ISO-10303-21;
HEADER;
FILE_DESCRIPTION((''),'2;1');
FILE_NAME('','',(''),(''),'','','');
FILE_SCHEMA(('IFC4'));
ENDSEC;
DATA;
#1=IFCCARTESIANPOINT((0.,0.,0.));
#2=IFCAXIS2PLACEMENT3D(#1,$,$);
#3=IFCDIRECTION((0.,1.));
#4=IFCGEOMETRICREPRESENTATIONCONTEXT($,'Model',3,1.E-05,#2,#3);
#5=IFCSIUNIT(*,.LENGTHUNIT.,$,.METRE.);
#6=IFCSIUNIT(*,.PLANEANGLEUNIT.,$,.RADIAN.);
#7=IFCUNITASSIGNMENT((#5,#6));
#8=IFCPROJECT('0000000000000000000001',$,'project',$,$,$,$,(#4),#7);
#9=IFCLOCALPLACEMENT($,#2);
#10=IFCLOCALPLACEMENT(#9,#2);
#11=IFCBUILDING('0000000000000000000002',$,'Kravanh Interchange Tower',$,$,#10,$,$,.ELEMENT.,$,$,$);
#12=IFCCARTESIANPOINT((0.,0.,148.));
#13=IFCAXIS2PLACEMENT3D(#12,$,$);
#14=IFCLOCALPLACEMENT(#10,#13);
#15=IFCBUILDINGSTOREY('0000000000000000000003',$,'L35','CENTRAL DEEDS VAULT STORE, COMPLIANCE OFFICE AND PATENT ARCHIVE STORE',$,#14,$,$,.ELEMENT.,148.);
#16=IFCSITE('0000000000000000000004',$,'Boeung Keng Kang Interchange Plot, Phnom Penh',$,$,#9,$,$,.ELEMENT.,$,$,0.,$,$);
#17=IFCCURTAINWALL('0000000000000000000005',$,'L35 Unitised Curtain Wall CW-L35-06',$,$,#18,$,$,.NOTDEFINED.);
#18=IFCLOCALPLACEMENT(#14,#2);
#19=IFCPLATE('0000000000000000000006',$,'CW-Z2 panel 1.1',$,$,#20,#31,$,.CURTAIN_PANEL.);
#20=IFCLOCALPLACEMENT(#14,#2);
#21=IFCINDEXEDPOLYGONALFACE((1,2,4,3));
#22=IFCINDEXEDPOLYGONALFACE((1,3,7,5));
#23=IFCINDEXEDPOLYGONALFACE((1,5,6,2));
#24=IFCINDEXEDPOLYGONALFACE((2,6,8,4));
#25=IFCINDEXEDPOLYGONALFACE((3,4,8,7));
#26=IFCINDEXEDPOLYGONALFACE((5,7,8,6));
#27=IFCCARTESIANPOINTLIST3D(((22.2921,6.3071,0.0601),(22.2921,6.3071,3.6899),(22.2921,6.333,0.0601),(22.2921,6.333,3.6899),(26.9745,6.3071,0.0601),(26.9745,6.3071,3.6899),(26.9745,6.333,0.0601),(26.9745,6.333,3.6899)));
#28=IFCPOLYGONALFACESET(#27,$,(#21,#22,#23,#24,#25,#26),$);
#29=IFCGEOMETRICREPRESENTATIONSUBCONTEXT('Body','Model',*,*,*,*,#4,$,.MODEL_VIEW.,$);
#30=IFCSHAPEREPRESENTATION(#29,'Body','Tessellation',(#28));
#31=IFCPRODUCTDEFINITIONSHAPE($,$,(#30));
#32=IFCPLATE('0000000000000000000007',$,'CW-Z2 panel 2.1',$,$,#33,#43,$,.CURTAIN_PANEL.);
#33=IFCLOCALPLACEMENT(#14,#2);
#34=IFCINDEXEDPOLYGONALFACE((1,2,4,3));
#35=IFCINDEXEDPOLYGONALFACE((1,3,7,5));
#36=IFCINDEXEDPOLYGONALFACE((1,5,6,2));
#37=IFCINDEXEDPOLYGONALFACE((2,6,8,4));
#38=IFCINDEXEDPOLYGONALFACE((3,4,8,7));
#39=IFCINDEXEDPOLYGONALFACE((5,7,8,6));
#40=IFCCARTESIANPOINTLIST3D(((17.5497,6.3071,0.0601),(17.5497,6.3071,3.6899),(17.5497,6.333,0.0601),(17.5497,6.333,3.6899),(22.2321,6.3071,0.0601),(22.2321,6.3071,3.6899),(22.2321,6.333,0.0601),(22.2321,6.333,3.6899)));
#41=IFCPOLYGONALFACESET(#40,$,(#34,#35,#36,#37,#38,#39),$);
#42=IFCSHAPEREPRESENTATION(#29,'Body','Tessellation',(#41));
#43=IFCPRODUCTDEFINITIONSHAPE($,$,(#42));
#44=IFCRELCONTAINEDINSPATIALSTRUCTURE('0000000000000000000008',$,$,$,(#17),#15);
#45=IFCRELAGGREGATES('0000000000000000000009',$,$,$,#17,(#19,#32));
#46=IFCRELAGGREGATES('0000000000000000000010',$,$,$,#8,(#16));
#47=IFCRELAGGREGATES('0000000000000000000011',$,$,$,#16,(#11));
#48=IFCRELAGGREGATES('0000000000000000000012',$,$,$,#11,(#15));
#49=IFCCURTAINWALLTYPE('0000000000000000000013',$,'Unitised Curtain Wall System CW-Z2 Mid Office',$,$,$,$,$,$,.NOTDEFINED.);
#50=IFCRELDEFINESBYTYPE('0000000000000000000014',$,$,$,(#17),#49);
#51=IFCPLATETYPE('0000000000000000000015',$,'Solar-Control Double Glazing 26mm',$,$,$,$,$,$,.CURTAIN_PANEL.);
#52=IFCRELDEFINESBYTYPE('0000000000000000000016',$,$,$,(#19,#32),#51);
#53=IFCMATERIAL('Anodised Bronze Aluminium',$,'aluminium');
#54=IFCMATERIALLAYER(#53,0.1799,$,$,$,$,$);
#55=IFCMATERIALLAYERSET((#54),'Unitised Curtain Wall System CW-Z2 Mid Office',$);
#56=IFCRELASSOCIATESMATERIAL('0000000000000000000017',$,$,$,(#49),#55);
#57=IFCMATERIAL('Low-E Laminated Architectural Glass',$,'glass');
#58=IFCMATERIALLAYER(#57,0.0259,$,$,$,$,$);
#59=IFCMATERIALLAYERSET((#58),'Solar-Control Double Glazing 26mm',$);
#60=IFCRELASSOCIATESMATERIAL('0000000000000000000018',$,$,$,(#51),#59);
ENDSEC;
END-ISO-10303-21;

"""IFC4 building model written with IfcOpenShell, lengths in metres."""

from ifc_helpers import new_model, si_unit, direction, frame, origin, origin_2d, place, context, subcontext, project, spatial, rectangle, extrude, material, layer, layer_set, type_object, element, aggregate, save


model = new_model("IFC4")

# Units and contexts
model_context = context("Model", 3, precision=1e-05, world=origin(), true_north=direction((0.0, 1.0)))
body_context = subcontext(model_context, "Body", "Model", "MODEL_VIEW")
ifc_project = project(units=[si_unit("LENGTHUNIT", "METRE"), si_unit("PLANEANGLEUNIT", "RADIAN")], contexts=[model_context])

# Site, building, storey
site_placement = place(None, origin())
site = spatial("IfcSite", under=ifc_project, at=site_placement, Name="Boeung Keng Kang Interchange Plot, Phnom Penh", CompositionType="ELEMENT", RefElevation=0.0)
building_placement = place(site_placement, origin())
building = spatial("IfcBuilding", under=site, at=building_placement, Name="Kravanh Interchange Tower", CompositionType="ELEMENT")
storey_placement = place(building_placement, frame((0.0, 0.0, 148.0)))
storey = spatial("IfcBuildingStorey", under=building, at=storey_placement, Name="L35", Description="CENTRAL DEEDS VAULT STORE, COMPLIANCE OFFICE AND PATENT ARCHIVE STORE", CompositionType="ELEMENT", Elevation=148.0)

# Curtain wall
ifc_material_1 = material(Name="Anodised Bronze Aluminium", Category="aluminium")
ifc_layer_1 = layer(ifc_material_1, 0.1799)
ifc_layer_set_1 = layer_set([ifc_layer_1], Name="Unitised Curtain Wall System CW-Z2 Mid Office")
curtain_wall_type = type_object("IfcCurtainWallType", Name="Unitised Curtain Wall System CW-Z2 Mid Office", PredefinedType="NOTDEFINED", material=ifc_layer_set_1)
curtain_wall_1_placement = place(storey_placement, origin())
curtain_wall_1 = element("IfcCurtainWall", 1, at=curtain_wall_1_placement, inside=storey, type_object=curtain_wall_type, Name="L35 Unitised Curtain Wall CW-L35-06", PredefinedType="NOTDEFINED")

# Plates
ifc_material_2 = material(Name="Low-E Laminated Architectural Glass", Category="glass")
ifc_layer_2 = layer(ifc_material_2, 0.0259)
ifc_layer_set_2 = layer_set([ifc_layer_2], Name="Solar-Control Double Glazing 26mm")
plate_type = type_object("IfcPlateType", Name="Solar-Control Double Glazing 26mm", PredefinedType="CURTAIN_PANEL", material=ifc_layer_set_2)
plate_1_placement = place(storey_placement, frame((24.6333, 6.3201, 0.0601), z_axis=(0.0, 0.0, 1.0), x_axis=(-1.0, 0.0, 0.0)))
plate_1 = element("IfcPlate", 2, at=plate_1_placement, type_object=plate_type, Name="CW-Z2 panel 1.1", PredefinedType="CURTAIN_PANEL", context=body_context, shape_type="SweptSolid", body=[
    extrude(rectangle(XDim=4.6824, YDim=0.0259, at=origin_2d()), origin(), (0.0, 0.0, 1.0), 3.6299),
])
plate_2_placement = place(storey_placement, frame((19.8909, 6.3201, 0.0601), z_axis=(0.0, 0.0, 1.0), x_axis=(-1.0, 0.0, 0.0)))
plate_2 = element("IfcPlate", 3, at=plate_2_placement, type_object=plate_type, Name="CW-Z2 panel 2.1", PredefinedType="CURTAIN_PANEL", context=body_context, shape_type="SweptSolid", body=[
    extrude(rectangle(XDim=4.6824, YDim=0.0259, at=origin_2d()), origin(), (0.0, 0.0, 1.0), 3.6299),
])
aggregate(curtain_wall_1, [plate_1, plate_2])

save(model, "model.ifc")
